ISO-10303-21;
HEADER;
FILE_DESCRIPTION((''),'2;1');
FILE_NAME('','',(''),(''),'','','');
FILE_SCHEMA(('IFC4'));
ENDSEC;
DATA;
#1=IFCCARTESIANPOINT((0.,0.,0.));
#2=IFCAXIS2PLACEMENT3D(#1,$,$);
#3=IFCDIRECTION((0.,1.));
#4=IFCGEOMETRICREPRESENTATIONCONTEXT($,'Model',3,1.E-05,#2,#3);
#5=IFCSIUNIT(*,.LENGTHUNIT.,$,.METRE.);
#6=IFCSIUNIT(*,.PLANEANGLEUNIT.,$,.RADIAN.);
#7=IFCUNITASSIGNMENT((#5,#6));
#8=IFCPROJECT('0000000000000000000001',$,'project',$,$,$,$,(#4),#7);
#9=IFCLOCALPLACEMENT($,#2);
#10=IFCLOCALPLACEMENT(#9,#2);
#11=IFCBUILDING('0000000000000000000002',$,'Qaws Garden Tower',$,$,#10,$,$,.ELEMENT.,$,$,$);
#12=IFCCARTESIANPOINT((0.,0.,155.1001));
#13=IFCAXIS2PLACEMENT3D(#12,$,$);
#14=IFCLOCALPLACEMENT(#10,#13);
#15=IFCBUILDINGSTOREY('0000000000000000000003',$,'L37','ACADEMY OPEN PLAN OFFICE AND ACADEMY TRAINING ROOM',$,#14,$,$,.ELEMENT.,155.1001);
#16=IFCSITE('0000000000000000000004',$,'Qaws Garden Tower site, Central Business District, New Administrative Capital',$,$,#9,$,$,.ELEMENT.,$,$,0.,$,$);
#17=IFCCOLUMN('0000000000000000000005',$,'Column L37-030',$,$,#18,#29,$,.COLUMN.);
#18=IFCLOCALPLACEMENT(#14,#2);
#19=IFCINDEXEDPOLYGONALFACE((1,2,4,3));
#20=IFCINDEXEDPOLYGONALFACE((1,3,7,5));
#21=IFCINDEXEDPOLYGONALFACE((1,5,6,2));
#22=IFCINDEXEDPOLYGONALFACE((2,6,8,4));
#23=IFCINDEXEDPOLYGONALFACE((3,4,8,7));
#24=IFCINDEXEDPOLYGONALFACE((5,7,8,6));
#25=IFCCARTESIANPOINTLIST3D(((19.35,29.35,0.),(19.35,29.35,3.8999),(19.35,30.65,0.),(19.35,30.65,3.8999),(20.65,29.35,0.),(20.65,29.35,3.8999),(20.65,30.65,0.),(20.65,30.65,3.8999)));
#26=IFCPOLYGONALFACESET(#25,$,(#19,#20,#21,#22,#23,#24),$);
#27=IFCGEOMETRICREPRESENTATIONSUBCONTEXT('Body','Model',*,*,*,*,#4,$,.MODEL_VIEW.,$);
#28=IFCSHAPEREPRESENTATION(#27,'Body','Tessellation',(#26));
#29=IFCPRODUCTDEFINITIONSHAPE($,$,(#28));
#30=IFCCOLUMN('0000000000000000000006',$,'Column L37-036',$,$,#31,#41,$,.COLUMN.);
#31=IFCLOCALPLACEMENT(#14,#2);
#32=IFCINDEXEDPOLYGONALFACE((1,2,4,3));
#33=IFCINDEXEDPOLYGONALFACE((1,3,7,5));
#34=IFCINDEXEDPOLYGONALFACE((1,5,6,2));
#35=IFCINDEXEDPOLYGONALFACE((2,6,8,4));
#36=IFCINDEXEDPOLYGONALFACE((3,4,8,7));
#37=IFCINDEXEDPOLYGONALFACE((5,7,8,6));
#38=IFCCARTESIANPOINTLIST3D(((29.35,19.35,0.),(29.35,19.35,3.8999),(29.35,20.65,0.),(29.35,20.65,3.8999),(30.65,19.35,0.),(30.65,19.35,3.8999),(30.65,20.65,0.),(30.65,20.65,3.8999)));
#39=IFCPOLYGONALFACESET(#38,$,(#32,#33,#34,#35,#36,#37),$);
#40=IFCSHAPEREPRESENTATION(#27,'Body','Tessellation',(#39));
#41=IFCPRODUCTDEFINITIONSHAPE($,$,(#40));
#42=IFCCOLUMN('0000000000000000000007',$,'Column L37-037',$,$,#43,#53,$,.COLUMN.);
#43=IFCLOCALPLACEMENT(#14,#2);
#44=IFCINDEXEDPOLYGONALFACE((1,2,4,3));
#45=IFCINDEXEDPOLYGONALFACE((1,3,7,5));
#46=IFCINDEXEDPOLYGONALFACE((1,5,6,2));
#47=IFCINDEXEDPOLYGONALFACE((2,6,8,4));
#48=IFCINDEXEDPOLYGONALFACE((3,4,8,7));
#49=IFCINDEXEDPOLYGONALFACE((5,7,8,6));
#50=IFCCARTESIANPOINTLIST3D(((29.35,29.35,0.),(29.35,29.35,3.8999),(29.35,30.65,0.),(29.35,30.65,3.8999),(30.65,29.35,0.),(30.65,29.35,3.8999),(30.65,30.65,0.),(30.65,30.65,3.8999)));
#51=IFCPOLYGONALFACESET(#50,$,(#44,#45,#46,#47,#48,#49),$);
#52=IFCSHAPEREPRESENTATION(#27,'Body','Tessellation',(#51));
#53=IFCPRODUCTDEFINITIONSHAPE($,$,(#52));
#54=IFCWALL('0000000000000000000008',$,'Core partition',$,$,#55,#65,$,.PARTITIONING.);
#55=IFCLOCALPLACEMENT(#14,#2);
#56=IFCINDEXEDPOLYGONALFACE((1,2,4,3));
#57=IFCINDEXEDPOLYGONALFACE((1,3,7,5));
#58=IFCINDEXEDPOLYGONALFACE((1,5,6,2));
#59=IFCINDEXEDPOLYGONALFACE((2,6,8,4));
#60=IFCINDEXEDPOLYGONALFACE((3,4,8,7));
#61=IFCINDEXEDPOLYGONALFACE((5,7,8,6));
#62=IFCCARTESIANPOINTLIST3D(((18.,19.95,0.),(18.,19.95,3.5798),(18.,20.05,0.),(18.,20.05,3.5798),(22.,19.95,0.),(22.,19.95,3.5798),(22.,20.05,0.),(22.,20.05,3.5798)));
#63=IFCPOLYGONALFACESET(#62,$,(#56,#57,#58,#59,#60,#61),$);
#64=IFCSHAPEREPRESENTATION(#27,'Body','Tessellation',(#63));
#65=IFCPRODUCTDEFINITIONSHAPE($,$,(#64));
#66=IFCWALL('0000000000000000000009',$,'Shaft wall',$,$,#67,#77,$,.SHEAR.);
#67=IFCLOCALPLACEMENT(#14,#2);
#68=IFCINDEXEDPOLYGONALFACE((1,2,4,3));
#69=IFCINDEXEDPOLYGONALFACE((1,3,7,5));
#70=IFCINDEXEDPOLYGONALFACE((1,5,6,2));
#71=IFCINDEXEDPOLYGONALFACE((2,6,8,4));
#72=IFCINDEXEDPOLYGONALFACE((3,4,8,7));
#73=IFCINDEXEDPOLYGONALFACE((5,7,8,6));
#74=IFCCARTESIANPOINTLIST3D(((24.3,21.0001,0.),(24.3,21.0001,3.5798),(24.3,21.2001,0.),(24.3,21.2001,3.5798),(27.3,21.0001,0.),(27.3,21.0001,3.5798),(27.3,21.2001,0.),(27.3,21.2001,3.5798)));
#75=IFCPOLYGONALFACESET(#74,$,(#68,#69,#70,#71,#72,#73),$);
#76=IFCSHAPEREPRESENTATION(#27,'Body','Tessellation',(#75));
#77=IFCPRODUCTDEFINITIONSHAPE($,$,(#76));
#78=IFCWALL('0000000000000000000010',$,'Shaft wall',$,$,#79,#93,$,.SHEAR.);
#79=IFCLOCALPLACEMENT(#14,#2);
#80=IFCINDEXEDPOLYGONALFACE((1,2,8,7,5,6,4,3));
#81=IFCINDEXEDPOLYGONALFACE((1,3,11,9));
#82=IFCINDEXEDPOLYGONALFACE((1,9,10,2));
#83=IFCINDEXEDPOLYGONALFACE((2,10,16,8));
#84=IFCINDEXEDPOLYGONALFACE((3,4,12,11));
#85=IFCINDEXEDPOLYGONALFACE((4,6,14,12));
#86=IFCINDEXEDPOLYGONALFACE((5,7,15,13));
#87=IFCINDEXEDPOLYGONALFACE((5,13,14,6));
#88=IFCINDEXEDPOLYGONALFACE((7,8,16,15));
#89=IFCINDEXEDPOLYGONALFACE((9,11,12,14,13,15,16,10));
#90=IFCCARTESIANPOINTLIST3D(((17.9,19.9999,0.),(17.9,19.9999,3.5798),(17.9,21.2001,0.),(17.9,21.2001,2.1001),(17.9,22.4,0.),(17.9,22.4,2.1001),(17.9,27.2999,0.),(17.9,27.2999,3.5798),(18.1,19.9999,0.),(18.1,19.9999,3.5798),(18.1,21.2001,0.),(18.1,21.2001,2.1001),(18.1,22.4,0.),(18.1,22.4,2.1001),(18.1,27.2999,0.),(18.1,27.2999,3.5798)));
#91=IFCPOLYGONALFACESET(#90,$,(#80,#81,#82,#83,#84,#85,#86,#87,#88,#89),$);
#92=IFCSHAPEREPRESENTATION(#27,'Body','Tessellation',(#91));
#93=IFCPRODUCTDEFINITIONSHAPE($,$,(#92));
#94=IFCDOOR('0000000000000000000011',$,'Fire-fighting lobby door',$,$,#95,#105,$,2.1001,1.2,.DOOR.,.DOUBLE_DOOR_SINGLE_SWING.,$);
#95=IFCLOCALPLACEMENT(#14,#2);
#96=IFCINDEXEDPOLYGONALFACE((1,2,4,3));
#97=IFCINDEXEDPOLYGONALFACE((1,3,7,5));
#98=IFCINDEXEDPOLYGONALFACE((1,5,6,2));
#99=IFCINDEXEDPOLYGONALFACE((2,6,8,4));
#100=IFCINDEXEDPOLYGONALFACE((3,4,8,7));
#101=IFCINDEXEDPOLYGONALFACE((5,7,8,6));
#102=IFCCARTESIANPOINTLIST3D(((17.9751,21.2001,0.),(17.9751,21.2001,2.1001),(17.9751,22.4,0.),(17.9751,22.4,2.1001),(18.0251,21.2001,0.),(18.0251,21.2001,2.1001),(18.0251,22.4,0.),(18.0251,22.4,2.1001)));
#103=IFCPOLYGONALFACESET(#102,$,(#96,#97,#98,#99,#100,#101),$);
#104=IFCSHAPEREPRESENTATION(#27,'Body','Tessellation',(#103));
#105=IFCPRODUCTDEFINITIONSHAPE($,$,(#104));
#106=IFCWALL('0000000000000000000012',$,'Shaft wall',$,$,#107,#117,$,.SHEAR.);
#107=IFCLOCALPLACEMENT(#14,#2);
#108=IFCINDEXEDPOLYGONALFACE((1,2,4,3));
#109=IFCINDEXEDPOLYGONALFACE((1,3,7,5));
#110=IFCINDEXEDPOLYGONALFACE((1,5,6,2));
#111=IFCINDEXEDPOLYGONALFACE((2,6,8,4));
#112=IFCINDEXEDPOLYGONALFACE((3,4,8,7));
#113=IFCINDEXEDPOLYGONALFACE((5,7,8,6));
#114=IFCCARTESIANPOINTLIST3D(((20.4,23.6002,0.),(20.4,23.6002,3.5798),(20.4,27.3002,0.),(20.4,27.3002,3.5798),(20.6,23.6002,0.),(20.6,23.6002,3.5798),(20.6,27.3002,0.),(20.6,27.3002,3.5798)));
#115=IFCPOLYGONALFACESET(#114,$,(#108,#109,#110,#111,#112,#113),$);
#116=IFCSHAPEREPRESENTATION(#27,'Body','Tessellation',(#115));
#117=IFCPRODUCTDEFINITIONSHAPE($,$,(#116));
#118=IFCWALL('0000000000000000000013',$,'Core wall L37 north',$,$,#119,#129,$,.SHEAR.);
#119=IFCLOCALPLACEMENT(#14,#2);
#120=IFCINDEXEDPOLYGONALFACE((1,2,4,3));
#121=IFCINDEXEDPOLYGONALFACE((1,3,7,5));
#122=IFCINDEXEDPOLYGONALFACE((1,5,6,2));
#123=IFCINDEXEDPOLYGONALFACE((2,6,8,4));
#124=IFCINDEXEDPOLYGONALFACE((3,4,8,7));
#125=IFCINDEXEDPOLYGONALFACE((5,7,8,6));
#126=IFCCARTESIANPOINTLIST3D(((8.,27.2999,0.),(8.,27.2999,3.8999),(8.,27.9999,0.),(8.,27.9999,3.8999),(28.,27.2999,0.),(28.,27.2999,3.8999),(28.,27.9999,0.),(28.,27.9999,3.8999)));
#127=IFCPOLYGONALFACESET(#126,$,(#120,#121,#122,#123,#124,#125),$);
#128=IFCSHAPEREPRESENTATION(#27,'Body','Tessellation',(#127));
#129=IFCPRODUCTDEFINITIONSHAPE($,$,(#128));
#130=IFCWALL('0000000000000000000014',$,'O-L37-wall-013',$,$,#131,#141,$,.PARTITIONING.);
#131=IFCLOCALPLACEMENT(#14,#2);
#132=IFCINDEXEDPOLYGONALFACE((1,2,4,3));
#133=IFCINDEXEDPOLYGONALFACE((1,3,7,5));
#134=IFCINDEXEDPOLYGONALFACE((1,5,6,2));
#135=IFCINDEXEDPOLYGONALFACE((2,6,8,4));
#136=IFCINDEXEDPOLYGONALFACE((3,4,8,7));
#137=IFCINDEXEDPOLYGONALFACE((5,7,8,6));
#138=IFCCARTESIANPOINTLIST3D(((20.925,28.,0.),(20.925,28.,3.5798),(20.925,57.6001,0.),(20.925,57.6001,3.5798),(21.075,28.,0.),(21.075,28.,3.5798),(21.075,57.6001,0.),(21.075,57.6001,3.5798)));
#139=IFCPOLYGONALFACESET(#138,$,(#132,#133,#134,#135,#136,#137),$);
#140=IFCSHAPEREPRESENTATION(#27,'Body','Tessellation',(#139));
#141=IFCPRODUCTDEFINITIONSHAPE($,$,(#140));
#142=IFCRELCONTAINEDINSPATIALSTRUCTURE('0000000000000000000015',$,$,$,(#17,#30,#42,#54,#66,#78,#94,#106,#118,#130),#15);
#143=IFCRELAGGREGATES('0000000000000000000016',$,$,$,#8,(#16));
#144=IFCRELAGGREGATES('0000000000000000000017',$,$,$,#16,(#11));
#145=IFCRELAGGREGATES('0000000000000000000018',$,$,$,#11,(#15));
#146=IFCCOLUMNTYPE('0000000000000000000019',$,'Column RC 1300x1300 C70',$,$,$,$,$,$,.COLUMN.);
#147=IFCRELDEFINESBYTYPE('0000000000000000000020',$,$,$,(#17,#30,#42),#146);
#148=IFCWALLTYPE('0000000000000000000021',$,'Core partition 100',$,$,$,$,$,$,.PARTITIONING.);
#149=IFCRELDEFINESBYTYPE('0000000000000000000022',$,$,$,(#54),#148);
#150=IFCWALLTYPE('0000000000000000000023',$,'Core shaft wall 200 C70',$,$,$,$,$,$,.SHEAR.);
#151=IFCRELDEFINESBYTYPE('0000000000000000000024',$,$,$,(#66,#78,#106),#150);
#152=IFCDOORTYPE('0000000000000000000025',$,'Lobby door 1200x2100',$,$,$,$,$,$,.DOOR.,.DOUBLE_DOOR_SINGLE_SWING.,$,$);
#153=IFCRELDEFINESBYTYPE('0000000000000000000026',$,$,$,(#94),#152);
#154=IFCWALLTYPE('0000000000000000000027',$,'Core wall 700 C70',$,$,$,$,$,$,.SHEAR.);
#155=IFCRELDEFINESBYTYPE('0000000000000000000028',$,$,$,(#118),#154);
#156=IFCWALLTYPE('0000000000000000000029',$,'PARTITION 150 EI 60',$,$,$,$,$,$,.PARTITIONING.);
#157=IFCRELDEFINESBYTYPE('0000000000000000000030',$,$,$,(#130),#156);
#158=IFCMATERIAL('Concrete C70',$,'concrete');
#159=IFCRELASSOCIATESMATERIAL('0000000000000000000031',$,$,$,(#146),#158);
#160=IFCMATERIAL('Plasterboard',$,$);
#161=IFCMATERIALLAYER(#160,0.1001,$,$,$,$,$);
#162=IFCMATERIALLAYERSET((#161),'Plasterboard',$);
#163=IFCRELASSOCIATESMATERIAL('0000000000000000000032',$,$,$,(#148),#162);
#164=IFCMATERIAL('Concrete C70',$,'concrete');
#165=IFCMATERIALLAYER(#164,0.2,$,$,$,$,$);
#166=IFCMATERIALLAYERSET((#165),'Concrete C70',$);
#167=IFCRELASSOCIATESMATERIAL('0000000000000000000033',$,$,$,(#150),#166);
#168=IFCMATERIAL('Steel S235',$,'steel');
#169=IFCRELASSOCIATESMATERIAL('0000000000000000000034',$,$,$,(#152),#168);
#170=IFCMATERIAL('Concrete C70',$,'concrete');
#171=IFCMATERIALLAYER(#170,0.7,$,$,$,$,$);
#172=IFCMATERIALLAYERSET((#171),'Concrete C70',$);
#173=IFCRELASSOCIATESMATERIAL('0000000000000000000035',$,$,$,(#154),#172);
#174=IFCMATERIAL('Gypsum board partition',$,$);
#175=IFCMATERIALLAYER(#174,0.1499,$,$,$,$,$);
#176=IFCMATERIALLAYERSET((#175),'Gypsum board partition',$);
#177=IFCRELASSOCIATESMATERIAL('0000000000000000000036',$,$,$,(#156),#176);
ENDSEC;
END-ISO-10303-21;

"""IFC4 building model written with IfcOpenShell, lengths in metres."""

from ifc_helpers import new_model, si_unit, direction, frame, frame_2d, origin, origin_2d, place, context, subcontext, project, spatial, rectangle, extrude, material, layer, layer_set, material_profile, profile_set, type_object, element, fill, save


model = new_model("IFC4")

# Units and contexts
model_context = context("Model", 3, precision=1e-05, world=origin(), true_north=direction((0.0, 1.0)))
body_context = subcontext(model_context, "Body", "Model", "MODEL_VIEW")
ifc_project = project(units=[si_unit("LENGTHUNIT", "METRE"), si_unit("PLANEANGLEUNIT", "RADIAN")], contexts=[model_context])

# Site, building, storey
site_placement = place(None, origin())
site = spatial("IfcSite", under=ifc_project, at=site_placement, Name="Qaws Garden Tower site, Central Business District, New Administrative Capital", CompositionType="ELEMENT", RefElevation=0.0)
building_placement = place(site_placement, origin())
building = spatial("IfcBuilding", under=site, at=building_placement, Name="Qaws Garden Tower", CompositionType="ELEMENT")
storey_placement = place(building_placement, frame((0.0, 0.0, 155.1001)))
storey = spatial("IfcBuildingStorey", under=building, at=storey_placement, Name="L37", Description="ACADEMY OPEN PLAN OFFICE AND ACADEMY TRAINING ROOM", CompositionType="ELEMENT", Elevation=155.1001)

# Columns
ifc_material_1 = material(Name="Concrete C70", Category="concrete")
ifc_material_profile = material_profile(ifc_material_1, rectangle(XDim=1.3, YDim=1.3, at=origin_2d()), Name="RC 1300x1300")
ifc_profile_set = profile_set([ifc_material_profile], Name="Concrete C70")
column_type = type_object("IfcColumnType", Name="Column RC 1300x1300 C70", PredefinedType="COLUMN", material=ifc_profile_set)
for number, where, z_axis, x_axis, name in (
    (1, (20.0, 30.0, 0.0), (0.0, 0.0, 1.0), (1.0, 0.0, 0.0), "Column L37-030"),
    (2, (30.0, 20.0, 0.0), (0.0, 0.0, 1.0), (1.0, 0.0, 0.0), "Column L37-036"),
    (3, (30.0, 30.0, 0.0), (0.0, 0.0, 1.0), (1.0, 0.0, 0.0), "Column L37-037"),
):
    element("IfcColumn", number, at=place(storey_placement, frame(where, z_axis=z_axis, x_axis=x_axis)), inside=storey, type_object=column_type, Name=name, PredefinedType="COLUMN", context=body_context, shape_type="SweptSolid", body=[
        extrude(rectangle(XDim=1.3, YDim=1.3, at=origin_2d()), origin(), (0.0, 0.0, 1.0), 3.8999),
    ])

# Walls
ifc_material_2 = material(Name="Plasterboard")
ifc_layer_1 = layer(ifc_material_2, 0.1001)
ifc_layer_set_1 = layer_set([ifc_layer_1], Name="Plasterboard")
wall_type_1 = type_object("IfcWallType", Name="Core partition 100", PredefinedType="PARTITIONING", material=ifc_layer_set_1)
wall_1_placement = place(storey_placement, frame((18.0, 20.0, 0.0), z_axis=(0.0, 0.0, 1.0), x_axis=(1.0, 0.0, 0.0)))
element("IfcWall", 4, at=wall_1_placement, inside=storey, type_object=wall_type_1, Name="Core partition", PredefinedType="PARTITIONING", context=body_context, shape_type="SweptSolid", body=[
    extrude(rectangle(XDim=4.0, YDim=0.1001, at=frame_2d((2.0, 0.0))), origin(), (0.0, 0.0, 1.0), 3.5798),
])
ifc_material_3 = material(Name="Concrete C70", Category="concrete")
ifc_layer_2 = layer(ifc_material_3, 0.2)
ifc_layer_set_2 = layer_set([ifc_layer_2], Name="Concrete C70")
wall_type_2 = type_object("IfcWallType", Name="Core shaft wall 200 C70", PredefinedType="SHEAR", material=ifc_layer_set_2)
wall_2_placement = place(storey_placement, frame((24.3, 21.1001, 0.0), z_axis=(0.0, 0.0, 1.0), x_axis=(1.0, 0.0, 0.0)))
element("IfcWall", 5, at=wall_2_placement, inside=storey, type_object=wall_type_2, Name="Shaft wall", PredefinedType="SHEAR", context=body_context, shape_type="SweptSolid", body=[
    extrude(rectangle(XDim=3.0, YDim=0.2, at=frame_2d((1.5, 0.0))), origin(), (0.0, 0.0, 1.0), 3.5798),
])

# Wall, opening, door
wall_3_placement = place(storey_placement, frame((18.0, 20.0, 0.0), z_axis=(0.0, 0.0, 1.0), x_axis=(0.0, 1.0, 0.0)))
wall_3 = element("IfcWall", 6, at=wall_3_placement, inside=storey, type_object=wall_type_2, Name="Shaft wall", PredefinedType="SHEAR", context=body_context, shape_type="SweptSolid", body=[
    extrude(rectangle(XDim=7.3, YDim=0.2, at=frame_2d((3.6499, 0.0))), origin(), (0.0, 0.0, 1.0), 3.5798),
])
opening_1_placement = place(wall_3_placement, frame((1.2, 0.0, 0.0)))
opening_1 = element("IfcOpeningElement", 7, at=opening_1_placement, cuts=wall_3, PredefinedType="OPENING", context=body_context, shape_type="SweptSolid", body=[
    extrude(rectangle(XDim=1.2, YDim=2.1001, at=frame_2d((0.6001, 1.05))), frame((0.0, 0.1099, 0.0), z_axis=(0.0, -1.0, 0.0), x_axis=(1.0, 0.0, 0.0)), (0.0, 0.0, 1.0), 0.22),
])
ifc_material_4 = material(Name="Steel S235", Category="steel")
door_type_1 = type_object("IfcDoorType", Name="Lobby door 1200x2100", OperationType="DOUBLE_DOOR_SINGLE_SWING", PredefinedType="DOOR", material=ifc_material_4)
door_1_placement = place(opening_1_placement, origin())
door_1 = element("IfcDoor", 8, at=door_1_placement, inside=storey, type_object=door_type_1, Name="Fire-fighting lobby door", OperationType="DOUBLE_DOOR_SINGLE_SWING", OverallHeight=2.1001, OverallWidth=1.2, PredefinedType="DOOR", context=body_context, shape_type="SweptSolid", body=[
    extrude(rectangle(XDim=1.2, YDim=2.1001, at=frame_2d((0.6001, 1.05))), frame((0.0, 0.0249, 0.0), z_axis=(0.0, -1.0, 0.0), x_axis=(1.0, 0.0, 0.0)), (0.0, 0.0, 1.0), 0.05),
])
fill(opening_1, door_1)

# Walls
wall_4_placement = place(storey_placement, frame((20.5, 23.6001, 0.0), z_axis=(0.0, 0.0, 1.0), x_axis=(0.0, 1.0, 0.0)))
element("IfcWall", 9, at=wall_4_placement, inside=storey, type_object=wall_type_2, Name="Shaft wall", PredefinedType="SHEAR", context=body_context, shape_type="SweptSolid", body=[
    extrude(rectangle(XDim=3.7, YDim=0.2, at=frame_2d((1.8501, 0.0))), origin(), (0.0, 0.0, 1.0), 3.5798),
])
ifc_material_5 = material(Name="Concrete C70", Category="concrete")
ifc_layer_3 = layer(ifc_material_5, 0.7)
ifc_layer_set_3 = layer_set([ifc_layer_3], Name="Concrete C70")
wall_type_3 = type_object("IfcWallType", Name="Core wall 700 C70", PredefinedType="SHEAR", material=ifc_layer_set_3)
wall_5_placement = place(storey_placement, frame((28.0, 27.6499, 0.0), z_axis=(0.0, 0.0, 1.0), x_axis=(-1.0, 0.0, 0.0)))
element("IfcWall", 10, at=wall_5_placement, inside=storey, type_object=wall_type_3, Name="Core wall L37 north", PredefinedType="SHEAR", context=body_context, shape_type="SweptSolid", body=[
    extrude(rectangle(XDim=20.0, YDim=0.7, at=frame_2d((10.0, 0.0))), origin(), (0.0, 0.0, 1.0), 3.8999),
])
ifc_material_6 = material(Name="Gypsum board partition")
ifc_layer_4 = layer(ifc_material_6, 0.1499)
ifc_layer_set_4 = layer_set([ifc_layer_4], Name="Gypsum board partition")
wall_type_4 = type_object("IfcWallType", Name="PARTITION 150 EI 60", PredefinedType="PARTITIONING", material=ifc_layer_set_4)
wall_6_placement = place(storey_placement, frame((21.0, 28.0, 0.0), z_axis=(0.0, 0.0, 1.0), x_axis=(0.0, 1.0, 0.0)))
element("IfcWall", 11, at=wall_6_placement, inside=storey, type_object=wall_type_4, Name="O-L37-wall-013", PredefinedType="PARTITIONING", context=body_context, shape_type="SweptSolid", body=[
    extrude(rectangle(XDim=29.6001, YDim=0.1499, at=frame_2d((14.8, 0.0))), origin(), (0.0, 0.0, 1.0), 3.5798),
])

save(model, "model.ifc")
